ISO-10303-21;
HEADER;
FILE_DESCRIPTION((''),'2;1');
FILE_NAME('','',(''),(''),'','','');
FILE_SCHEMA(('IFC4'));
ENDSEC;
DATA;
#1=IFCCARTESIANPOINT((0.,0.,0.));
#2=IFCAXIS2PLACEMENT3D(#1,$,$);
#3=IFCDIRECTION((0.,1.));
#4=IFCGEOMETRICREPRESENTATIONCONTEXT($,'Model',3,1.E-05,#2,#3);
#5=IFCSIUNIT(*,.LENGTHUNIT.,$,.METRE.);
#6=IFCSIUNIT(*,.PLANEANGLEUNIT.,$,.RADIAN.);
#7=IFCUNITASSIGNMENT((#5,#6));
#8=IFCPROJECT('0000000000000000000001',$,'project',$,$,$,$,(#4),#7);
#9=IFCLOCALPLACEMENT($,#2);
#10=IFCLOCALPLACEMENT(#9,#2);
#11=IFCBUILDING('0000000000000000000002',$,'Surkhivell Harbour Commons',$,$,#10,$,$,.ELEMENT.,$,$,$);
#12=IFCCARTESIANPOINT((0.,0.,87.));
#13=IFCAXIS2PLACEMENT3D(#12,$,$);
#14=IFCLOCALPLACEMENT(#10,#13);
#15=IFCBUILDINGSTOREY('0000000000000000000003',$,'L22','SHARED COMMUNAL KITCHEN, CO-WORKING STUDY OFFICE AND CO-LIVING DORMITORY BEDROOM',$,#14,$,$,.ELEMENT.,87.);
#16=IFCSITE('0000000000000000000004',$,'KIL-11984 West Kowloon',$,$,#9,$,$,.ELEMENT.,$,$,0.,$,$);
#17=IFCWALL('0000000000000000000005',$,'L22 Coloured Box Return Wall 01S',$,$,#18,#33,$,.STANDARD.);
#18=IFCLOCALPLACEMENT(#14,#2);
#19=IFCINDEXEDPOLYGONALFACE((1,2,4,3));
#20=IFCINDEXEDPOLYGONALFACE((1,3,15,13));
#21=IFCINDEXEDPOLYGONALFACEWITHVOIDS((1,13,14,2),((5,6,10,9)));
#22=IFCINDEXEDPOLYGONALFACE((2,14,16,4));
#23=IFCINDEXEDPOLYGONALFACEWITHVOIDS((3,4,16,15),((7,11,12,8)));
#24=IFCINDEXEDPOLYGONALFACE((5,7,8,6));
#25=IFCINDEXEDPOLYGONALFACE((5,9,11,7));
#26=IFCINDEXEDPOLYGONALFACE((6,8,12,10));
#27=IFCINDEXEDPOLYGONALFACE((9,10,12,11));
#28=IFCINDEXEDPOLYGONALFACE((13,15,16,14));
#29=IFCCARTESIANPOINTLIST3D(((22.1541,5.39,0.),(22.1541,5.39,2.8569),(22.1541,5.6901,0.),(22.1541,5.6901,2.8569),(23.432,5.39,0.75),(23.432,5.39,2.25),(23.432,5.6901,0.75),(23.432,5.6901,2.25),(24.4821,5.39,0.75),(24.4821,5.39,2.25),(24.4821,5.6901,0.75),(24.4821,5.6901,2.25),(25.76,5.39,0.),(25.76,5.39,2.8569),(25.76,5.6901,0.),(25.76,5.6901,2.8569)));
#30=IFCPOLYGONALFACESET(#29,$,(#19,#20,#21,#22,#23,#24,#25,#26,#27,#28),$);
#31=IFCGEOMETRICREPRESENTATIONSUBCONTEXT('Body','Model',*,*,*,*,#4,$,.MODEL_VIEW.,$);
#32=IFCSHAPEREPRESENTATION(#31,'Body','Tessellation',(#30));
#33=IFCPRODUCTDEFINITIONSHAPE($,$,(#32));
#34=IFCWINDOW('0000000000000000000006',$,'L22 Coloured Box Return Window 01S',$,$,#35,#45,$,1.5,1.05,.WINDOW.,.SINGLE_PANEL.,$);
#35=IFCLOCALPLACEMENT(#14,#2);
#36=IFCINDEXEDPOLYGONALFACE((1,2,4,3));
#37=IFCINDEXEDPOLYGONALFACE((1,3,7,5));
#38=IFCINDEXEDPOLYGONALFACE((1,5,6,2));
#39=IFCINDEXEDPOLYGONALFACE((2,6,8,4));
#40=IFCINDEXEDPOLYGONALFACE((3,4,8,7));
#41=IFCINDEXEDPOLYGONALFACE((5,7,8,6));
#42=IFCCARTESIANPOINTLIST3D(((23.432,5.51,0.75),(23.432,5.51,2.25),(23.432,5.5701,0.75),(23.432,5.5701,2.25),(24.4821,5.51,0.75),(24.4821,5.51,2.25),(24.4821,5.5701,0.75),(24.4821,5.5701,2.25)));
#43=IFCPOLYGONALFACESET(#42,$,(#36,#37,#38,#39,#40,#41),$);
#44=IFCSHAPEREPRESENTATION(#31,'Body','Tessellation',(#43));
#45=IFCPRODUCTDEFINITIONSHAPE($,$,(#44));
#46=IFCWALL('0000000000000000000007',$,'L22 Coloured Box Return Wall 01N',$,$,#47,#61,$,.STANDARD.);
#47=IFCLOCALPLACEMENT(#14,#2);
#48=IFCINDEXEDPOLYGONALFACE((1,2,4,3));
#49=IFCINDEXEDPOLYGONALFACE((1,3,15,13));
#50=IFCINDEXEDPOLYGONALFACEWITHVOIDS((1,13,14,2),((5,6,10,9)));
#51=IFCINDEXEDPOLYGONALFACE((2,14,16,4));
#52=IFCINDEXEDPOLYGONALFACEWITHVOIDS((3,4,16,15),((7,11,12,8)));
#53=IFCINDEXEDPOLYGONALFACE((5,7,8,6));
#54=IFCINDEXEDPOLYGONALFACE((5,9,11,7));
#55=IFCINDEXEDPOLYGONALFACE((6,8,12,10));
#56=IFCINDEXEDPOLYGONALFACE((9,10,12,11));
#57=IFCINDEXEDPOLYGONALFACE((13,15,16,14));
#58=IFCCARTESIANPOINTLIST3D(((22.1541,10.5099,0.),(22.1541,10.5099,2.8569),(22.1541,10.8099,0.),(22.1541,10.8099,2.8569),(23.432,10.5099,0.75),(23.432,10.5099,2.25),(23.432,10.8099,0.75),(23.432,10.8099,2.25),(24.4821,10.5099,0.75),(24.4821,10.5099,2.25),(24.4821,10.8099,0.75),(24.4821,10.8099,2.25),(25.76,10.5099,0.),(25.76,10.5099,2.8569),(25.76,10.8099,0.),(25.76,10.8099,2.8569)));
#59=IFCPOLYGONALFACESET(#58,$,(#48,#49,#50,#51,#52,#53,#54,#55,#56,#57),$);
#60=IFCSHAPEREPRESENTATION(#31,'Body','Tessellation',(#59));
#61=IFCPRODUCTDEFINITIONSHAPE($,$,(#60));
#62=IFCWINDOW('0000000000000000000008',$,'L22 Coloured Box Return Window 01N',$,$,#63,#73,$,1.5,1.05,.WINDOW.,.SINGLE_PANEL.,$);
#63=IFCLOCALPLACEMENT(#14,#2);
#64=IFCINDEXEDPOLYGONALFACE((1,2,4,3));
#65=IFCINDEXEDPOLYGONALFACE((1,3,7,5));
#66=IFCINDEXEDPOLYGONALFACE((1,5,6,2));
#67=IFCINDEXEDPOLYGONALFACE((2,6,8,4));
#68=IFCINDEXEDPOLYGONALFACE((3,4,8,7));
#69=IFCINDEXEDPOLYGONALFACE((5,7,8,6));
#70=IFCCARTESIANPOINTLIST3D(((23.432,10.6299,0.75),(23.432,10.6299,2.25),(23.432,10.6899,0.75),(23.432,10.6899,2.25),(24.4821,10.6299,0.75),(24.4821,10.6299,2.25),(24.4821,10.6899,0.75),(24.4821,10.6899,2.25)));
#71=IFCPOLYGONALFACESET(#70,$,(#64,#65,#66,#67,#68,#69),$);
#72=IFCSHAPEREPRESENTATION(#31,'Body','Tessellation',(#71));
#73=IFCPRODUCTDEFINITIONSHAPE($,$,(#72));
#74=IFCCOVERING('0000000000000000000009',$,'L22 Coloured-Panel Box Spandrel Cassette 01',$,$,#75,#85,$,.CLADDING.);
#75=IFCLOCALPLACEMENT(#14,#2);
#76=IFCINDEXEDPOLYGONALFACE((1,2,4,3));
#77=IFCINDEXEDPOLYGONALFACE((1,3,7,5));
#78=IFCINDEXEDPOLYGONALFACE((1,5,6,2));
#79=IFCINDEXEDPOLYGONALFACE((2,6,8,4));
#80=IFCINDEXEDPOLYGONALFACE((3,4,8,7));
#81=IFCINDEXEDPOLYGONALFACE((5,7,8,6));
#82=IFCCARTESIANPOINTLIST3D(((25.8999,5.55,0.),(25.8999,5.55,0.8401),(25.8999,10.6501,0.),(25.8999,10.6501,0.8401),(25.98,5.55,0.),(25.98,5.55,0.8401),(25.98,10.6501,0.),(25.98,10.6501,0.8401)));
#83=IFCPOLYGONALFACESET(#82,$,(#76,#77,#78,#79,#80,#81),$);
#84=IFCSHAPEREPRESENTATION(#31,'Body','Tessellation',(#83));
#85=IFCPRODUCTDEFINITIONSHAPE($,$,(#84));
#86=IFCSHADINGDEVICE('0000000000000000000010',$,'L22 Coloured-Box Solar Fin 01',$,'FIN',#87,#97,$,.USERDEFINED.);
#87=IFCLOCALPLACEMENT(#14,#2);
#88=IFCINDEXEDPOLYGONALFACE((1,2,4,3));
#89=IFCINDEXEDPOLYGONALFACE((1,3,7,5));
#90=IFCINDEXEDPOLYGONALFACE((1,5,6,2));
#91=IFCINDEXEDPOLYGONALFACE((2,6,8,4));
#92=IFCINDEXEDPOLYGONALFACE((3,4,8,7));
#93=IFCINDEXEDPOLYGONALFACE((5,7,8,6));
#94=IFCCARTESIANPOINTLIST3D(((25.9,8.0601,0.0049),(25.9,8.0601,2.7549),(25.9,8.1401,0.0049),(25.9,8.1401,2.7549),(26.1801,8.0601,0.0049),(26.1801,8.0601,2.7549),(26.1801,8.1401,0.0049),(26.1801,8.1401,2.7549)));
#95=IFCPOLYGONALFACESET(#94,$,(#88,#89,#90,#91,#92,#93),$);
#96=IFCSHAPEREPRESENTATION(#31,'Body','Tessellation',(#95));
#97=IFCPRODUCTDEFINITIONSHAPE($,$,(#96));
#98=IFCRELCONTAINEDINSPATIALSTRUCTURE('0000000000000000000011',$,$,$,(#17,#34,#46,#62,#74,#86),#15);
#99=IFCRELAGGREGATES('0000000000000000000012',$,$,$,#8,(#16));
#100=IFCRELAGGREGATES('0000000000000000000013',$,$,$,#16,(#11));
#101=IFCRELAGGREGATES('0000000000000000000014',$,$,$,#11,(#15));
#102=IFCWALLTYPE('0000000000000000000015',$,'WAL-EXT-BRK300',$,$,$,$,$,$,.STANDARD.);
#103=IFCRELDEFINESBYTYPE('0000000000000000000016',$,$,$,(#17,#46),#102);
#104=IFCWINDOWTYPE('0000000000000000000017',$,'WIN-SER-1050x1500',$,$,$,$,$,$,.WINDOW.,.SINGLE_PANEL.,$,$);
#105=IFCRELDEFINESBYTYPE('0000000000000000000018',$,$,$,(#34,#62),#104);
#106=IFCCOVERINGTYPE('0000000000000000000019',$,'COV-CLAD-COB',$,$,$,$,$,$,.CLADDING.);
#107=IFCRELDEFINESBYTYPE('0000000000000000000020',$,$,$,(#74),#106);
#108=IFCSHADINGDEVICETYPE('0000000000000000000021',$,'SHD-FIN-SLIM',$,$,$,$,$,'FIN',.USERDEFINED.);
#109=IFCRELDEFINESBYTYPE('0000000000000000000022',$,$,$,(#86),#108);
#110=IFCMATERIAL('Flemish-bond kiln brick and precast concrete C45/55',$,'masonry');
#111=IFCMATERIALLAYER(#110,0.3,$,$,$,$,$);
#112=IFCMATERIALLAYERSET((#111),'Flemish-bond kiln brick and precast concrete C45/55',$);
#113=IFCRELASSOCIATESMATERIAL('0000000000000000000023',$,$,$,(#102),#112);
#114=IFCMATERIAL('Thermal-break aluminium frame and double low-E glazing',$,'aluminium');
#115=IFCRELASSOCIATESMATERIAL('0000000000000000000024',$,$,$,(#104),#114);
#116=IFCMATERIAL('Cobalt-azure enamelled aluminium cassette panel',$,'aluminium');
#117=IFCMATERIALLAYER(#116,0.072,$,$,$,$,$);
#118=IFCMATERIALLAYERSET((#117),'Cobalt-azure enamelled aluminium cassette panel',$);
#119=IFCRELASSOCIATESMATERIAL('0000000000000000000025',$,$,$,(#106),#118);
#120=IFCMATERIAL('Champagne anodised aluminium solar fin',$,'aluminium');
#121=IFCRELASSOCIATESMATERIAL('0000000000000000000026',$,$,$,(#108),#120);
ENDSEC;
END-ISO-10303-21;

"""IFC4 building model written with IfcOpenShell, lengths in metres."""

from ifc_helpers import new_model, si_unit, direction, frame, frame_2d, origin, origin_2d, place, context, subcontext, project, spatial, rectangle, extrude, material, layer, layer_set, type_object, element, fill, save


model = new_model("IFC4")

# Units and contexts
model_context = context("Model", 3, precision=1e-05, world=origin(), true_north=direction((0.0, 1.0)))
body_context = subcontext(model_context, "Body", "Model", "MODEL_VIEW")
ifc_project = project(units=[si_unit("LENGTHUNIT", "METRE"), si_unit("PLANEANGLEUNIT", "RADIAN")], contexts=[model_context])

# Site, building, storey
site_placement = place(None, origin())
site = spatial("IfcSite", under=ifc_project, at=site_placement, Name="KIL-11984 West Kowloon", CompositionType="ELEMENT", RefElevation=0.0)
building_placement = place(site_placement, origin())
building = spatial("IfcBuilding", under=site, at=building_placement, Name="Surkhivell Harbour Commons", CompositionType="ELEMENT")
storey_placement = place(building_placement, frame((0.0, 0.0, 87.0)))
storey = spatial("IfcBuildingStorey", under=building, at=storey_placement, Name="L22", Description="SHARED COMMUNAL KITCHEN, CO-WORKING STUDY OFFICE AND CO-LIVING DORMITORY BEDROOM", CompositionType="ELEMENT", Elevation=87.0)

# Walls, openings, windows
ifc_material_1 = material(Name="Flemish-bond kiln brick and precast concrete C45/55", Category="masonry")
ifc_layer_1 = layer(ifc_material_1, 0.3)
ifc_layer_set_1 = layer_set([ifc_layer_1], Name="Flemish-bond kiln brick and precast concrete C45/55")
wall_type_1 = type_object("IfcWallType", Name="WAL-EXT-BRK300", PredefinedType="STANDARD", material=ifc_layer_set_1)
wall_1_placement = place(storey_placement, frame((22.1541, 5.54, 0.0), z_axis=(0.0, 0.0, 1.0), x_axis=(1.0, 0.0, 0.0)))
wall_1 = element("IfcWall", 1, at=wall_1_placement, inside=storey, type_object=wall_type_1, Name="L22 Coloured Box Return Wall 01S", PredefinedType="STANDARD", context=body_context, shape_type="SweptSolid", body=[
    extrude(rectangle(XDim=3.606, YDim=0.3, at=frame_2d((1.803, 0.0))), origin(), (0.0, 0.0, 1.0), 2.8569),
])
opening_1_placement = place(wall_1_placement, frame((1.2781, 0.0, 0.75)))
opening_1 = element("IfcOpeningElement", 2, at=opening_1_placement, cuts=wall_1, PredefinedType="OPENING", context=body_context, shape_type="SweptSolid", body=[
    extrude(rectangle(XDim=1.05, YDim=1.5, at=frame_2d((0.5249, 0.75))), frame((0.0, 0.1599, 0.0), z_axis=(0.0, -1.0, 0.0), x_axis=(1.0, 0.0, 0.0)), (0.0, 0.0, 1.0), 0.3201),
])
ifc_material_2 = material(Name="Thermal-break aluminium frame and double low-E glazing", Category="aluminium")
window_type = type_object("IfcWindowType", Name="WIN-SER-1050x1500", PartitioningType="SINGLE_PANEL", PredefinedType="WINDOW", material=ifc_material_2)
window_1_placement = place(opening_1_placement, origin())
window_1 = element("IfcWindow", 3, at=window_1_placement, inside=storey, type_object=window_type, Name="L22 Coloured Box Return Window 01S", OverallHeight=1.5, OverallWidth=1.05, PartitioningType="SINGLE_PANEL", PredefinedType="WINDOW", context=body_context, shape_type="SweptSolid", body=[
    extrude(rectangle(XDim=1.05, YDim=1.5, at=frame_2d((0.5249, 0.75))), frame((0.0, 0.03, 0.0), z_axis=(0.0, -1.0, 0.0), x_axis=(1.0, 0.0, 0.0)), (0.0, 0.0, 1.0), 0.0601),
])
fill(opening_1, window_1)
wall_2_placement = place(storey_placement, frame((22.1541, 10.6599, 0.0), z_axis=(0.0, 0.0, 1.0), x_axis=(1.0, 0.0, 0.0)))
wall_2 = element("IfcWall", 4, at=wall_2_placement, inside=storey, type_object=wall_type_1, Name="L22 Coloured Box Return Wall 01N", PredefinedType="STANDARD", context=body_context, shape_type="SweptSolid", body=[
    extrude(rectangle(XDim=3.606, YDim=0.3, at=frame_2d((1.803, 0.0))), origin(), (0.0, 0.0, 1.0), 2.8569),
])
opening_2_placement = place(wall_2_placement, frame((1.2781, 0.0, 0.75)))
opening_2 = element("IfcOpeningElement", 5, at=opening_2_placement, cuts=wall_2, PredefinedType="OPENING", context=body_context, shape_type="SweptSolid", body=[
    extrude(rectangle(XDim=1.05, YDim=1.5, at=frame_2d((0.5249, 0.75))), frame((0.0, 0.1599, 0.0), z_axis=(0.0, -1.0, 0.0), x_axis=(1.0, 0.0, 0.0)), (0.0, 0.0, 1.0), 0.3201),
])
window_2_placement = place(opening_2_placement, origin())
window_2 = element("IfcWindow", 6, at=window_2_placement, inside=storey, type_object=window_type, Name="L22 Coloured Box Return Window 01N", OverallHeight=1.5, OverallWidth=1.05, PartitioningType="SINGLE_PANEL", PredefinedType="WINDOW", context=body_context, shape_type="SweptSolid", body=[
    extrude(rectangle(XDim=1.05, YDim=1.5, at=frame_2d((0.5249, 0.75))), frame((0.0, 0.03, 0.0), z_axis=(0.0, -1.0, 0.0), x_axis=(1.0, 0.0, 0.0)), (0.0, 0.0, 1.0), 0.0601),
])
fill(opening_2, window_2)

# Covering
ifc_material_3 = material(Name="Cobalt-azure enamelled aluminium cassette panel", Category="aluminium")
ifc_layer_2 = layer(ifc_material_3, 0.072)
ifc_layer_set_2 = layer_set([ifc_layer_2], Name="Cobalt-azure enamelled aluminium cassette panel")
covering_type = type_object("IfcCoveringType", Name="COV-CLAD-COB", PredefinedType="CLADDING", material=ifc_layer_set_2)
covering_placement = place(storey_placement, frame((25.9399, 8.1001, 0.0), z_axis=(0.0, 0.0, 1.0), x_axis=(1.0, 0.0, 0.0)))
element("IfcCovering", 7, at=covering_placement, inside=storey, type_object=covering_type, Name="L22 Coloured-Panel Box Spandrel Cassette 01", PredefinedType="CLADDING", context=body_context, shape_type="SweptSolid", body=[
    extrude(rectangle(XDim=0.0801, YDim=5.1001, at=origin_2d()), origin(), (0.0, 0.0, 1.0), 0.8401),
])

# Shading device
ifc_material_4 = material(Name="Champagne anodised aluminium solar fin", Category="aluminium")
shading_device_type = type_object("IfcShadingDeviceType", Name="SHD-FIN-SLIM", ElementType="FIN", PredefinedType="USERDEFINED", material=ifc_material_4)
shading_device_placement = place(storey_placement, frame((26.04, 8.1001, 0.0049), z_axis=(0.0, 0.0, 1.0), x_axis=(1.0, 0.0, 0.0)))
element("IfcShadingDevice", 8, at=shading_device_placement, inside=storey, type_object=shading_device_type, Name="L22 Coloured-Box Solar Fin 01", ObjectType="FIN", PredefinedType="USERDEFINED", context=body_context, shape_type="SweptSolid", body=[
    extrude(rectangle(XDim=0.28, YDim=0.0801, at=origin_2d()), origin(), (0.0, 0.0, 1.0), 2.75),
])

save(model, "model.ifc")
